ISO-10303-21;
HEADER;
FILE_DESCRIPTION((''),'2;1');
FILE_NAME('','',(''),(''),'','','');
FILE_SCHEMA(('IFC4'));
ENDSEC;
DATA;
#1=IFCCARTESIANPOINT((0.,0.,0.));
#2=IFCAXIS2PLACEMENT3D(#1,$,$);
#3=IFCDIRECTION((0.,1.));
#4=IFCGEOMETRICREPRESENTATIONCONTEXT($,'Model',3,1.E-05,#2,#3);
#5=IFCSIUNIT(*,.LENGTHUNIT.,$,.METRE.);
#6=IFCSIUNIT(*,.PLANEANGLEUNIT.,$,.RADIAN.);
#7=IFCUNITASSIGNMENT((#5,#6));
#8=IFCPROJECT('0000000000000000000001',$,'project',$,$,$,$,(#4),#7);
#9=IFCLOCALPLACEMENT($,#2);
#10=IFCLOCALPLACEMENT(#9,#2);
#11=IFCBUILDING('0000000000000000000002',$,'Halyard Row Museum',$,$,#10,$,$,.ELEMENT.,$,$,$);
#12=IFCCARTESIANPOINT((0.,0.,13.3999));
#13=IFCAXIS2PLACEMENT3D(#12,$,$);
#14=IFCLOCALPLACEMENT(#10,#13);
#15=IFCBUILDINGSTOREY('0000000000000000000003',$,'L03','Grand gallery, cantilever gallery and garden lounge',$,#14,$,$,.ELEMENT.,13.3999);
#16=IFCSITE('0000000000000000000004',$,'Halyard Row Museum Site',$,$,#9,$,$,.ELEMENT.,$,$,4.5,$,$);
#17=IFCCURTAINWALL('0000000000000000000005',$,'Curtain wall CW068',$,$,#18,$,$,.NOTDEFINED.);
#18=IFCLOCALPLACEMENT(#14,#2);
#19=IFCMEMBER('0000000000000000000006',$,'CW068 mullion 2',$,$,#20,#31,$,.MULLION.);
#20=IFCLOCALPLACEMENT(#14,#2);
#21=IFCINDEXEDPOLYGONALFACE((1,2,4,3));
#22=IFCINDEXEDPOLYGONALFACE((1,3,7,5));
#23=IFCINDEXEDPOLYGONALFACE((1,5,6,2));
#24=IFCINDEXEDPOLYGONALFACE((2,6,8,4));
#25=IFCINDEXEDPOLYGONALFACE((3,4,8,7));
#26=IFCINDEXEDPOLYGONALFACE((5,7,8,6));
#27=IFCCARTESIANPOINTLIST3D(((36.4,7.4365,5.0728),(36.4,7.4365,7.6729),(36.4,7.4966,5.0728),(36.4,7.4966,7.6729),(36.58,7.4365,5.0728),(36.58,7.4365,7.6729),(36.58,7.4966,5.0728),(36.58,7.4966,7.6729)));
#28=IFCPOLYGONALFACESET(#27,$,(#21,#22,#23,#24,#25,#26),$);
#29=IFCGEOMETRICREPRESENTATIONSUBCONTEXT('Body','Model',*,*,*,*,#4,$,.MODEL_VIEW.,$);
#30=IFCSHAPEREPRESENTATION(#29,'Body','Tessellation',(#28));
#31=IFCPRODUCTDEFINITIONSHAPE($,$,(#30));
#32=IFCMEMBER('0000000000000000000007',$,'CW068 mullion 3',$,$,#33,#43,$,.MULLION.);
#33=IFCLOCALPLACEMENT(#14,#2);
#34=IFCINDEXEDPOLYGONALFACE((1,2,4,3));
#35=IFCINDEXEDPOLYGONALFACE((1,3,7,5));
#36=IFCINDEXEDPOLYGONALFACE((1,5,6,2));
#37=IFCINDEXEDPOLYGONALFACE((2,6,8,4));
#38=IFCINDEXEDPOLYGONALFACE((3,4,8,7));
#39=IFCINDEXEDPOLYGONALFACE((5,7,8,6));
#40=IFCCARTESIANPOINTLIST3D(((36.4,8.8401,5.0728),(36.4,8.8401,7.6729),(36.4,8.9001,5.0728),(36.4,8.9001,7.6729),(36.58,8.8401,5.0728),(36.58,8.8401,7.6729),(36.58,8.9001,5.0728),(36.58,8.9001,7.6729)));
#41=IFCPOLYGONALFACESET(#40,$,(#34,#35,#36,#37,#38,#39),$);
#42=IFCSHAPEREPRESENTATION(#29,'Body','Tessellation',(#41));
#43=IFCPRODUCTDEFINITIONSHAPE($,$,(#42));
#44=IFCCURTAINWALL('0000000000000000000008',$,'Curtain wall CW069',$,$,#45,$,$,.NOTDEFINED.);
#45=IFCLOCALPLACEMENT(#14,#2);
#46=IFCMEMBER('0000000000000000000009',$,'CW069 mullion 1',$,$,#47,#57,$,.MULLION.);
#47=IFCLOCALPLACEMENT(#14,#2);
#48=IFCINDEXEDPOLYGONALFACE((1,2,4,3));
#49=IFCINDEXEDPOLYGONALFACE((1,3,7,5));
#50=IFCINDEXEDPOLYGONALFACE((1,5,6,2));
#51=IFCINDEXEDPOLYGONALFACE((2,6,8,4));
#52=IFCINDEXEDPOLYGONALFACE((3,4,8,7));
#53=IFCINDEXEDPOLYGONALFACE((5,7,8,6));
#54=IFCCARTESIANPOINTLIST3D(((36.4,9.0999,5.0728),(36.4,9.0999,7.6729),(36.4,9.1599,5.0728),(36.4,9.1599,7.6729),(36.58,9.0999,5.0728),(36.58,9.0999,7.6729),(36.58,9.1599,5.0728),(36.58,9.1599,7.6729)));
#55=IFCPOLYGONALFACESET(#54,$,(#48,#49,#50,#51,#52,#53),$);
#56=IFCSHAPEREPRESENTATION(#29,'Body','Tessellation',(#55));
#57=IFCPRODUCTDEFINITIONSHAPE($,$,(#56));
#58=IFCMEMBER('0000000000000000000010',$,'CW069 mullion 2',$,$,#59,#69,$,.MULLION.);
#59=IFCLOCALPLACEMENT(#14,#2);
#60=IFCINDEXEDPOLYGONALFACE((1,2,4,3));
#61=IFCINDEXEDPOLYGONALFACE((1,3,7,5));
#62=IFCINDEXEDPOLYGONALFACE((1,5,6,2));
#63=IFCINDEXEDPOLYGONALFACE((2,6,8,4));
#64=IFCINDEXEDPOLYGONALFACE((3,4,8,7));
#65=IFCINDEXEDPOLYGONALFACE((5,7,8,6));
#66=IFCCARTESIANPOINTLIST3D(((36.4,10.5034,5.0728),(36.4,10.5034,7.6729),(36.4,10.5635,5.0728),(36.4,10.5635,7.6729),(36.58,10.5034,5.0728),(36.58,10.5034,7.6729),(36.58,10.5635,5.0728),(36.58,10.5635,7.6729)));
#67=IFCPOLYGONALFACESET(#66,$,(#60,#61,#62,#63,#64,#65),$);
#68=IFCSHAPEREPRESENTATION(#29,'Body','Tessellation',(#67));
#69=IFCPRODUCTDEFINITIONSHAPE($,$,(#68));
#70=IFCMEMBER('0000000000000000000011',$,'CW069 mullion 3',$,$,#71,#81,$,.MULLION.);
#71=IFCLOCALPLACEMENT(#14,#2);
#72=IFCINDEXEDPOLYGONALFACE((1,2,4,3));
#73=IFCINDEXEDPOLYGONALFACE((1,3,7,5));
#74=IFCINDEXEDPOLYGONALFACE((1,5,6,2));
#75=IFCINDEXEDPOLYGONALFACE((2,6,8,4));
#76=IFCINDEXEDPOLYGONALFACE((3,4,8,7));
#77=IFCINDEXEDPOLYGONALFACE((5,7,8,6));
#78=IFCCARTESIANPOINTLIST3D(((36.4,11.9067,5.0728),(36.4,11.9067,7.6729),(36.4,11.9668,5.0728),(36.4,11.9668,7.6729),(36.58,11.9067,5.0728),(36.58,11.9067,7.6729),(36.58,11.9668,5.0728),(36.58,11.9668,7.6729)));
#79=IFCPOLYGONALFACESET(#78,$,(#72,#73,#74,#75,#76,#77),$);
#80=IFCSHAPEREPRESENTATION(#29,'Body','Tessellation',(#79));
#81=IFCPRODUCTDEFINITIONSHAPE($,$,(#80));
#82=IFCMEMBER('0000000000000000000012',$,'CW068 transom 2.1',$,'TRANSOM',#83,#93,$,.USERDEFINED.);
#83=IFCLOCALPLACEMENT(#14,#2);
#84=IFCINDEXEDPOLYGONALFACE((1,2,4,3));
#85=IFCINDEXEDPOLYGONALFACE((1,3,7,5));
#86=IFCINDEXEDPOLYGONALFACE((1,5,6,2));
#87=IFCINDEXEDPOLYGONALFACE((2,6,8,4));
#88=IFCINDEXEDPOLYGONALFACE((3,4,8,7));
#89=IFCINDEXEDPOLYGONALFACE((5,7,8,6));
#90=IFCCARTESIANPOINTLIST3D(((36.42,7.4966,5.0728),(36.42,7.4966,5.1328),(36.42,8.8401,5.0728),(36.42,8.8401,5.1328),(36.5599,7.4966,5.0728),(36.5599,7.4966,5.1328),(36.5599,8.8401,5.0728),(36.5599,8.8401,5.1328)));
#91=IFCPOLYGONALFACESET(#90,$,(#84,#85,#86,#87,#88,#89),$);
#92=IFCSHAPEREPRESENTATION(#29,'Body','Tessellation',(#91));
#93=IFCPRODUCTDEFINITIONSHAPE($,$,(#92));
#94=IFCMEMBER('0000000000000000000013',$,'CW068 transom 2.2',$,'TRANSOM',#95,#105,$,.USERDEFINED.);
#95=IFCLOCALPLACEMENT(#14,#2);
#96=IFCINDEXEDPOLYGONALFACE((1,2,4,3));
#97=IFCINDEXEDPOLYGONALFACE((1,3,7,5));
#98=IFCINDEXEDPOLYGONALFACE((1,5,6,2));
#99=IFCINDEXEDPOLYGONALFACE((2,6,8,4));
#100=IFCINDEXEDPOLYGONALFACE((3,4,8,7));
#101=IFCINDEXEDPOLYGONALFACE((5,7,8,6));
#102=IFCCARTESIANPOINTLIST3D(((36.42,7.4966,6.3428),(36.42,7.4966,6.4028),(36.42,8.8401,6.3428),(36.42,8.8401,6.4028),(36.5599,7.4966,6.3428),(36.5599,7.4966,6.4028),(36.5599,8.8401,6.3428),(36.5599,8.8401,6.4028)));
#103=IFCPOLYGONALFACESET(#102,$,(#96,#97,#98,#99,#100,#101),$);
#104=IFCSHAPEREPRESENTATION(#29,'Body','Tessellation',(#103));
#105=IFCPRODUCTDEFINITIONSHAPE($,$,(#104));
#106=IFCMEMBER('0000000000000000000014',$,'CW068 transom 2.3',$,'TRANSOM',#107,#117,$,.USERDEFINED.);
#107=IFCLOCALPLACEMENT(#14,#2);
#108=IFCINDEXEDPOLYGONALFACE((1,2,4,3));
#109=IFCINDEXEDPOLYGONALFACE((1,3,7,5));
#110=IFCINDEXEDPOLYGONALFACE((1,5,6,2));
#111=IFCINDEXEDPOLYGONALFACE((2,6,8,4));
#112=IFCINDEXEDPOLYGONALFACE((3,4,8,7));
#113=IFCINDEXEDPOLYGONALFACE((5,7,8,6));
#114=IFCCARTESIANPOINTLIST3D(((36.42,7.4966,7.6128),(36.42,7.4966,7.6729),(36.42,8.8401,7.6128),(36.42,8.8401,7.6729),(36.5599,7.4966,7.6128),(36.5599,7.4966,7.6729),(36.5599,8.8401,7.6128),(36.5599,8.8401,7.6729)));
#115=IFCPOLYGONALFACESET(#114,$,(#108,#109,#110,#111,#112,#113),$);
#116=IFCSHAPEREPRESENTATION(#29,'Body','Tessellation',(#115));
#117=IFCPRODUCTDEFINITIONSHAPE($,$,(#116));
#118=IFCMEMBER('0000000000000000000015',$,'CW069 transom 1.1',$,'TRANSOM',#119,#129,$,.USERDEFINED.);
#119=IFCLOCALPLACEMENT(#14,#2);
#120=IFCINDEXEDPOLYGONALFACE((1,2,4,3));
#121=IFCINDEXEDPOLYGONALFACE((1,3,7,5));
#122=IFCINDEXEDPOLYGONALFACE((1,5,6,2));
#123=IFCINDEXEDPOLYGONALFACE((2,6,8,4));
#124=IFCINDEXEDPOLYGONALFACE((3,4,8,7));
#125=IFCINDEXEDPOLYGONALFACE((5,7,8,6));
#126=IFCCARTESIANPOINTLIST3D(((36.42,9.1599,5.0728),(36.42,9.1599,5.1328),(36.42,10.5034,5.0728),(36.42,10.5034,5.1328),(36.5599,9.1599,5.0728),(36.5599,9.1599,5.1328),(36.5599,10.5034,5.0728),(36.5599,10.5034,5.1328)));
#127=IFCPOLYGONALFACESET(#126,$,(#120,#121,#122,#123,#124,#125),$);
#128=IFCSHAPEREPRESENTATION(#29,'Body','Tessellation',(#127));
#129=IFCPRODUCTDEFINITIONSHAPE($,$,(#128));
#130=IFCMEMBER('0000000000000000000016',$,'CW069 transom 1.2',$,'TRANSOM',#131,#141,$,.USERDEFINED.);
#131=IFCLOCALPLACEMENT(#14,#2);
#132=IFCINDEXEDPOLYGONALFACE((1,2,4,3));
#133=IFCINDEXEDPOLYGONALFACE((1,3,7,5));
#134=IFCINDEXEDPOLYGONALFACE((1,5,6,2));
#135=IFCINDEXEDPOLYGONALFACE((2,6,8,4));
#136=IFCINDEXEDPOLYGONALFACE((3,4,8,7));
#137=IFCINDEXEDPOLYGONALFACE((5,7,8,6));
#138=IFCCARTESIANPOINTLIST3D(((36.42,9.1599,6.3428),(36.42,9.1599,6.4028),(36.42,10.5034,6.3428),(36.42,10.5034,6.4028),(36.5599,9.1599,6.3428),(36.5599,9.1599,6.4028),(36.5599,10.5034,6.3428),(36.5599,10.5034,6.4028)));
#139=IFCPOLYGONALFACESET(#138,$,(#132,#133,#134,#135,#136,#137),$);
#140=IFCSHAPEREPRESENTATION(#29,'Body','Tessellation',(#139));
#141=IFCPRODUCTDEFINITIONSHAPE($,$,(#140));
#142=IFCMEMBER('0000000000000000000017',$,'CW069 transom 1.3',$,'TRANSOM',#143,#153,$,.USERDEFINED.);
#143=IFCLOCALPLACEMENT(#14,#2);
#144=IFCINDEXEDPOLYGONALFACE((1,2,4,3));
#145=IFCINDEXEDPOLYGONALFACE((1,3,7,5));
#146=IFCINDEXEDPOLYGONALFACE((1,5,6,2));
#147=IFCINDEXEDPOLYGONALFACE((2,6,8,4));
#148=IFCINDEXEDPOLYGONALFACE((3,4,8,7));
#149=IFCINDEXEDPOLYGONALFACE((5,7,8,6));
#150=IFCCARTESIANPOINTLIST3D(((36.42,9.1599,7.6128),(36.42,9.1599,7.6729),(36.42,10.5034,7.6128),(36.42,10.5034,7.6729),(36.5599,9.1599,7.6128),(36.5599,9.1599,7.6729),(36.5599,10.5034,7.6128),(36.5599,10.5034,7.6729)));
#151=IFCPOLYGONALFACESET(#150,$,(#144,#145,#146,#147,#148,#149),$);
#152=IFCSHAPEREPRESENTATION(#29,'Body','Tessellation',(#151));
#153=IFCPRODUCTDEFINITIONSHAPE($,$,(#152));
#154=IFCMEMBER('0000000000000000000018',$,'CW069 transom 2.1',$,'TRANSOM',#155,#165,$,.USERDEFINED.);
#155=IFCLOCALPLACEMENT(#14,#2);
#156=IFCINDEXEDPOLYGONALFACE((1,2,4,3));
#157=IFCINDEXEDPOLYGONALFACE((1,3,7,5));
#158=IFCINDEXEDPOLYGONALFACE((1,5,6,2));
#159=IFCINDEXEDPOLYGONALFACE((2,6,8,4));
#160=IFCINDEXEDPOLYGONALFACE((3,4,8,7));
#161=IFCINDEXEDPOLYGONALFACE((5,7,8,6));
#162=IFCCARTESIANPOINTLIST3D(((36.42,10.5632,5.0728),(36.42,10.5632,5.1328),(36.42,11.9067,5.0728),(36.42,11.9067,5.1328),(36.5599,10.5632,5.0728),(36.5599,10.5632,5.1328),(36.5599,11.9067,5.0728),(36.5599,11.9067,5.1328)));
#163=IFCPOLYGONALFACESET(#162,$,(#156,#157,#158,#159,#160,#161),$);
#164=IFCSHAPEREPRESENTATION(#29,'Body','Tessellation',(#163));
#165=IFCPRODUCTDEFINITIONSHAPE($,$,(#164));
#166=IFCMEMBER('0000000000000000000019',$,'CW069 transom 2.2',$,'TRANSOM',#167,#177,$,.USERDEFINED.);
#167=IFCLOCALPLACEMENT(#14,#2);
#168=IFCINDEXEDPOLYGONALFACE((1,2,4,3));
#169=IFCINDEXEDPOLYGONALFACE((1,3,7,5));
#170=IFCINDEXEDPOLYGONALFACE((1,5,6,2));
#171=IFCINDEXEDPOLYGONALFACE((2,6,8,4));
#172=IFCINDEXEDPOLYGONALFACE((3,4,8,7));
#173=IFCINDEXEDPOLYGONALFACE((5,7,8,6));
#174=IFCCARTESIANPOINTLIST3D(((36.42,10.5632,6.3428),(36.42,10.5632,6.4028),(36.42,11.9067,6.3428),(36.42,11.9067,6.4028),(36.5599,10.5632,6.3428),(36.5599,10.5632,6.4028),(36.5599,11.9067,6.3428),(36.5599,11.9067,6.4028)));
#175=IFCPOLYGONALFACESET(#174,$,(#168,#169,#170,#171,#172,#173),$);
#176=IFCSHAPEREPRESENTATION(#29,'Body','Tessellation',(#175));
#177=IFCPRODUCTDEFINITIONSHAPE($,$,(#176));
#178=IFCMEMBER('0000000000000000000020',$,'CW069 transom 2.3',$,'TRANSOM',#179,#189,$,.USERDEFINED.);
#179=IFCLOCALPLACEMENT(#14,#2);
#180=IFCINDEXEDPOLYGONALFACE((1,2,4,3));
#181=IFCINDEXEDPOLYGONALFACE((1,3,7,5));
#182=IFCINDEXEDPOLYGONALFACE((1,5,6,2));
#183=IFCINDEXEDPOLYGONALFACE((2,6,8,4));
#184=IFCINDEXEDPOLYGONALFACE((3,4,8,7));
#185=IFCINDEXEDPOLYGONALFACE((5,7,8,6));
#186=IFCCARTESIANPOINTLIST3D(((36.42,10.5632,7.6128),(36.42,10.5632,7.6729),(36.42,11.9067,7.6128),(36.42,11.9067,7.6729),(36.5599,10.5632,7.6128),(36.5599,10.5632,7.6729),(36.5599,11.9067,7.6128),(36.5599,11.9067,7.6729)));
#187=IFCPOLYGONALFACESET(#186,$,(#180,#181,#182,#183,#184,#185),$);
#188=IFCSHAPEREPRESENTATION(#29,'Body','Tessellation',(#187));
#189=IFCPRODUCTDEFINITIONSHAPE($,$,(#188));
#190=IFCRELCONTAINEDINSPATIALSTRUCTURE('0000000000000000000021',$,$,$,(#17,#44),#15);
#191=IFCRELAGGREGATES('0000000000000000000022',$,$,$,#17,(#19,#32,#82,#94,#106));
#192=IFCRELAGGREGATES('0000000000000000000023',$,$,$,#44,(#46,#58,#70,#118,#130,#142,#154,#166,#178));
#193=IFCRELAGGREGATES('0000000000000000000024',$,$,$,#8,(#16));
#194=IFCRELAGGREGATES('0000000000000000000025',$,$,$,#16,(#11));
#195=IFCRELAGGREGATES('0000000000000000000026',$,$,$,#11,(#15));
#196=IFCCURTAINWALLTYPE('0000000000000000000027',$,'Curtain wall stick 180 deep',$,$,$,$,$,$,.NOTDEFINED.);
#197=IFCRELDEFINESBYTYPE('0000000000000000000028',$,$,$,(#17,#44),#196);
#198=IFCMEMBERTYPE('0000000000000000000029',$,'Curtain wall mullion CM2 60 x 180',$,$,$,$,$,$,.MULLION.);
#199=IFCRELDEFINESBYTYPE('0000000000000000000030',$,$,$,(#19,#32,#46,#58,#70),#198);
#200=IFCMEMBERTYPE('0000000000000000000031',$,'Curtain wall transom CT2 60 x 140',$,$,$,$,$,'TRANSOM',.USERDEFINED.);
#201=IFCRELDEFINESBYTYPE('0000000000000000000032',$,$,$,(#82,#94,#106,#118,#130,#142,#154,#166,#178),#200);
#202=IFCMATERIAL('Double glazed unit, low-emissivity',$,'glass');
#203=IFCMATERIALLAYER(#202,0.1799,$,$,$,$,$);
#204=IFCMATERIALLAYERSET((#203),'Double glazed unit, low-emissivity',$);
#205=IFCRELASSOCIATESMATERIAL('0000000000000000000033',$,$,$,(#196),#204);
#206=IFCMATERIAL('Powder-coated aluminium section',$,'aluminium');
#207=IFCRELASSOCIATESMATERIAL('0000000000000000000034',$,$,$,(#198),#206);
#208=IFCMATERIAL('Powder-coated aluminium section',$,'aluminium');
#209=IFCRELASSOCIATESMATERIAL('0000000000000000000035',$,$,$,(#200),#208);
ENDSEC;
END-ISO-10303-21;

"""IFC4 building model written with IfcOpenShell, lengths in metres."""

from ifc_helpers import new_model, si_unit, direction, frame, origin, origin_2d, place, context, subcontext, project, spatial, rectangle, extrude, material, layer, layer_set, material_profile, profile_set, type_object, element, aggregate, save


model = new_model("IFC4")

# Units and contexts
model_context = context("Model", 3, precision=1e-05, world=origin(), true_north=direction((0.0, 1.0)))
body_context = subcontext(model_context, "Body", "Model", "MODEL_VIEW")
ifc_project = project(units=[si_unit("LENGTHUNIT", "METRE"), si_unit("PLANEANGLEUNIT", "RADIAN")], contexts=[model_context])

# Site, building, storey
site_placement = place(None, origin())
site = spatial("IfcSite", under=ifc_project, at=site_placement, Name="Halyard Row Museum Site", CompositionType="ELEMENT", RefElevation=4.5)
building_placement = place(site_placement, origin())
building = spatial("IfcBuilding", under=site, at=building_placement, Name="Halyard Row Museum", CompositionType="ELEMENT")
storey_placement = place(building_placement, frame((0.0, 0.0, 13.3999)))
storey = spatial("IfcBuildingStorey", under=building, at=storey_placement, Name="L03", Description="Grand gallery, cantilever gallery and garden lounge", CompositionType="ELEMENT", Elevation=13.3999)

# Curtain walls, members
ifc_material_1 = material(Name="Double glazed unit, low-emissivity", Category="glass")
ifc_layer_1 = layer(ifc_material_1, 0.1799)
ifc_layer_set_1 = layer_set([ifc_layer_1], Name="Double glazed unit, low-emissivity")
curtain_wall_type = type_object("IfcCurtainWallType", Name="Curtain wall stick 180 deep", PredefinedType="NOTDEFINED", material=ifc_layer_set_1)
curtain_wall_1_placement = place(storey_placement, origin())
curtain_wall_1 = element("IfcCurtainWall", 1, at=curtain_wall_1_placement, inside=storey, type_object=curtain_wall_type, Name="Curtain wall CW068", PredefinedType="NOTDEFINED")
ifc_material_2 = material(Name="Powder-coated aluminium section", Category="aluminium")
ifc_material_profile_1 = material_profile(ifc_material_2, rectangle(XDim=0.1799, YDim=0.0601, at=origin_2d()), Name="180x60 mullion")
ifc_profile_set_1 = profile_set([ifc_material_profile_1], Name="Powder-coated aluminium section")
member_type_1 = type_object("IfcMemberType", Name="Curtain wall mullion CM2 60 x 180", PredefinedType="MULLION", material=ifc_profile_set_1)
member_1_placement = place(storey_placement, frame((36.49, 7.4666, 5.0728), z_axis=(0.0, 0.0, 1.0), x_axis=(-1.0, 0.0, 0.0)))
member_1 = element("IfcMember", 2, at=member_1_placement, type_object=member_type_1, Name="CW068 mullion 2", PredefinedType="MULLION", context=body_context, shape_type="SweptSolid", body=[
    extrude(rectangle(XDim=0.1799, YDim=0.0601, at=origin_2d()), origin(), (0.0, 0.0, 1.0), 2.6001),
])
member_2_placement = place(storey_placement, frame((36.49, 8.8701, 5.0728), z_axis=(0.0, 0.0, 1.0), x_axis=(-1.0, 0.0, 0.0)))
member_2 = element("IfcMember", 3, at=member_2_placement, type_object=member_type_1, Name="CW068 mullion 3", PredefinedType="MULLION", context=body_context, shape_type="SweptSolid", body=[
    extrude(rectangle(XDim=0.1799, YDim=0.0601, at=origin_2d()), origin(), (0.0, 0.0, 1.0), 2.6001),
])
curtain_wall_2_placement = place(storey_placement, origin())
curtain_wall_2 = element("IfcCurtainWall", 4, at=curtain_wall_2_placement, inside=storey, type_object=curtain_wall_type, Name="Curtain wall CW069", PredefinedType="NOTDEFINED")
member_3_placement = place(storey_placement, frame((36.49, 9.1299, 5.0728), z_axis=(0.0, 0.0, 1.0), x_axis=(-1.0, 0.0, 0.0)))
member_3 = element("IfcMember", 5, at=member_3_placement, type_object=member_type_1, Name="CW069 mullion 1", PredefinedType="MULLION", context=body_context, shape_type="SweptSolid", body=[
    extrude(rectangle(XDim=0.1799, YDim=0.0601, at=origin_2d()), origin(), (0.0, 0.0, 1.0), 2.6001),
])
member_4_placement = place(storey_placement, frame((36.49, 10.5334, 5.0728), z_axis=(0.0, 0.0, 1.0), x_axis=(-1.0, 0.0, 0.0)))
member_4 = element("IfcMember", 6, at=member_4_placement, type_object=member_type_1, Name="CW069 mullion 2", PredefinedType="MULLION", context=body_context, shape_type="SweptSolid", body=[
    extrude(rectangle(XDim=0.1799, YDim=0.0601, at=origin_2d()), origin(), (0.0, 0.0, 1.0), 2.6001),
])
member_5_placement = place(storey_placement, frame((36.49, 11.9368, 5.0728), z_axis=(0.0, 0.0, 1.0), x_axis=(-1.0, 0.0, 0.0)))
member_5 = element("IfcMember", 7, at=member_5_placement, type_object=member_type_1, Name="CW069 mullion 3", PredefinedType="MULLION", context=body_context, shape_type="SweptSolid", body=[
    extrude(rectangle(XDim=0.1799, YDim=0.0601, at=origin_2d()), origin(), (0.0, 0.0, 1.0), 2.6001),
])

# Members
ifc_material_3 = material(Name="Powder-coated aluminium section", Category="aluminium")
ifc_material_profile_2 = material_profile(ifc_material_3, rectangle(XDim=0.1399, YDim=0.0601, at=origin_2d()), Name="140x60 transom")
ifc_profile_set_2 = profile_set([ifc_material_profile_2], Name="Powder-coated aluminium section")
member_type_2 = type_object("IfcMemberType", Name="Curtain wall transom CT2 60 x 140", ElementType="TRANSOM", PredefinedType="USERDEFINED", material=ifc_profile_set_2)
member_6_placement = place(storey_placement, frame((36.49, 7.4966, 5.1028), z_axis=(0.0, 1.0, 0.0), x_axis=(-1.0, 0.0, 0.0)))
member_6 = element("IfcMember", 8, at=member_6_placement, type_object=member_type_2, Name="CW068 transom 2.1", ObjectType="TRANSOM", PredefinedType="USERDEFINED", context=body_context, shape_type="SweptSolid", body=[
    extrude(rectangle(XDim=0.1399, YDim=0.0601, at=origin_2d()), origin(), (0.0, 0.0, 1.0), 1.3435),
])
member_7_placement = place(storey_placement, frame((36.49, 7.4966, 6.3728), z_axis=(0.0, 1.0, 0.0), x_axis=(-1.0, 0.0, 0.0)))
member_7 = element("IfcMember", 9, at=member_7_placement, type_object=member_type_2, Name="CW068 transom 2.2", ObjectType="TRANSOM", PredefinedType="USERDEFINED", context=body_context, shape_type="SweptSolid", body=[
    extrude(rectangle(XDim=0.1399, YDim=0.0601, at=origin_2d()), origin(), (0.0, 0.0, 1.0), 1.3435),
])
member_8_placement = place(storey_placement, frame((36.49, 7.4966, 7.6428), z_axis=(0.0, 1.0, 0.0), x_axis=(-1.0, 0.0, 0.0)))
member_8 = element("IfcMember", 10, at=member_8_placement, type_object=member_type_2, Name="CW068 transom 2.3", ObjectType="TRANSOM", PredefinedType="USERDEFINED", context=body_context, shape_type="SweptSolid", body=[
    extrude(rectangle(XDim=0.1399, YDim=0.0601, at=origin_2d()), origin(), (0.0, 0.0, 1.0), 1.3435),
])
member_9_placement = place(storey_placement, frame((36.49, 9.1599, 5.1028), z_axis=(0.0, 1.0, 0.0), x_axis=(-1.0, 0.0, 0.0)))
member_9 = element("IfcMember", 11, at=member_9_placement, type_object=member_type_2, Name="CW069 transom 1.1", ObjectType="TRANSOM", PredefinedType="USERDEFINED", context=body_context, shape_type="SweptSolid", body=[
    extrude(rectangle(XDim=0.1399, YDim=0.0601, at=origin_2d()), origin(), (0.0, 0.0, 1.0), 1.3435),
])
member_10_placement = place(storey_placement, frame((36.49, 9.1599, 6.3728), z_axis=(0.0, 1.0, 0.0), x_axis=(-1.0, 0.0, 0.0)))
member_10 = element("IfcMember", 12, at=member_10_placement, type_object=member_type_2, Name="CW069 transom 1.2", ObjectType="TRANSOM", PredefinedType="USERDEFINED", context=body_context, shape_type="SweptSolid", body=[
    extrude(rectangle(XDim=0.1399, YDim=0.0601, at=origin_2d()), origin(), (0.0, 0.0, 1.0), 1.3435),
])
member_11_placement = place(storey_placement, frame((36.49, 9.1599, 7.6428), z_axis=(0.0, 1.0, 0.0), x_axis=(-1.0, 0.0, 0.0)))
member_11 = element("IfcMember", 13, at=member_11_placement, type_object=member_type_2, Name="CW069 transom 1.3", ObjectType="TRANSOM", PredefinedType="USERDEFINED", context=body_context, shape_type="SweptSolid", body=[
    extrude(rectangle(XDim=0.1399, YDim=0.0601, at=origin_2d()), origin(), (0.0, 0.0, 1.0), 1.3435),
])
member_12_placement = place(storey_placement, frame((36.49, 10.5632, 5.1028), z_axis=(0.0, 1.0, 0.0), x_axis=(-1.0, 0.0, 0.0)))
member_12 = element("IfcMember", 14, at=member_12_placement, type_object=member_type_2, Name="CW069 transom 2.1", ObjectType="TRANSOM", PredefinedType="USERDEFINED", context=body_context, shape_type="SweptSolid", body=[
    extrude(rectangle(XDim=0.1399, YDim=0.0601, at=origin_2d()), origin(), (0.0, 0.0, 1.0), 1.3435),
])
member_13_placement = place(storey_placement, frame((36.49, 10.5632, 6.3728), z_axis=(0.0, 1.0, 0.0), x_axis=(-1.0, 0.0, 0.0)))
member_13 = element("IfcMember", 15, at=member_13_placement, type_object=member_type_2, Name="CW069 transom 2.2", ObjectType="TRANSOM", PredefinedType="USERDEFINED", context=body_context, shape_type="SweptSolid", body=[
    extrude(rectangle(XDim=0.1399, YDim=0.0601, at=origin_2d()), origin(), (0.0, 0.0, 1.0), 1.3435),
])
member_14_placement = place(storey_placement, frame((36.49, 10.5632, 7.6428), z_axis=(0.0, 1.0, 0.0), x_axis=(-1.0, 0.0, 0.0)))
member_14 = element("IfcMember", 16, at=member_14_placement, type_object=member_type_2, Name="CW069 transom 2.3", ObjectType="TRANSOM", PredefinedType="USERDEFINED", context=body_context, shape_type="SweptSolid", body=[
    extrude(rectangle(XDim=0.1399, YDim=0.0601, at=origin_2d()), origin(), (0.0, 0.0, 1.0), 1.3435),
])

aggregate(curtain_wall_1, [member_1, member_2, member_6, member_7, member_8])
aggregate(curtain_wall_2, [member_3, member_4, member_5, member_9, member_10, member_11, member_12, member_13, member_14])

save(model, "model.ifc")
